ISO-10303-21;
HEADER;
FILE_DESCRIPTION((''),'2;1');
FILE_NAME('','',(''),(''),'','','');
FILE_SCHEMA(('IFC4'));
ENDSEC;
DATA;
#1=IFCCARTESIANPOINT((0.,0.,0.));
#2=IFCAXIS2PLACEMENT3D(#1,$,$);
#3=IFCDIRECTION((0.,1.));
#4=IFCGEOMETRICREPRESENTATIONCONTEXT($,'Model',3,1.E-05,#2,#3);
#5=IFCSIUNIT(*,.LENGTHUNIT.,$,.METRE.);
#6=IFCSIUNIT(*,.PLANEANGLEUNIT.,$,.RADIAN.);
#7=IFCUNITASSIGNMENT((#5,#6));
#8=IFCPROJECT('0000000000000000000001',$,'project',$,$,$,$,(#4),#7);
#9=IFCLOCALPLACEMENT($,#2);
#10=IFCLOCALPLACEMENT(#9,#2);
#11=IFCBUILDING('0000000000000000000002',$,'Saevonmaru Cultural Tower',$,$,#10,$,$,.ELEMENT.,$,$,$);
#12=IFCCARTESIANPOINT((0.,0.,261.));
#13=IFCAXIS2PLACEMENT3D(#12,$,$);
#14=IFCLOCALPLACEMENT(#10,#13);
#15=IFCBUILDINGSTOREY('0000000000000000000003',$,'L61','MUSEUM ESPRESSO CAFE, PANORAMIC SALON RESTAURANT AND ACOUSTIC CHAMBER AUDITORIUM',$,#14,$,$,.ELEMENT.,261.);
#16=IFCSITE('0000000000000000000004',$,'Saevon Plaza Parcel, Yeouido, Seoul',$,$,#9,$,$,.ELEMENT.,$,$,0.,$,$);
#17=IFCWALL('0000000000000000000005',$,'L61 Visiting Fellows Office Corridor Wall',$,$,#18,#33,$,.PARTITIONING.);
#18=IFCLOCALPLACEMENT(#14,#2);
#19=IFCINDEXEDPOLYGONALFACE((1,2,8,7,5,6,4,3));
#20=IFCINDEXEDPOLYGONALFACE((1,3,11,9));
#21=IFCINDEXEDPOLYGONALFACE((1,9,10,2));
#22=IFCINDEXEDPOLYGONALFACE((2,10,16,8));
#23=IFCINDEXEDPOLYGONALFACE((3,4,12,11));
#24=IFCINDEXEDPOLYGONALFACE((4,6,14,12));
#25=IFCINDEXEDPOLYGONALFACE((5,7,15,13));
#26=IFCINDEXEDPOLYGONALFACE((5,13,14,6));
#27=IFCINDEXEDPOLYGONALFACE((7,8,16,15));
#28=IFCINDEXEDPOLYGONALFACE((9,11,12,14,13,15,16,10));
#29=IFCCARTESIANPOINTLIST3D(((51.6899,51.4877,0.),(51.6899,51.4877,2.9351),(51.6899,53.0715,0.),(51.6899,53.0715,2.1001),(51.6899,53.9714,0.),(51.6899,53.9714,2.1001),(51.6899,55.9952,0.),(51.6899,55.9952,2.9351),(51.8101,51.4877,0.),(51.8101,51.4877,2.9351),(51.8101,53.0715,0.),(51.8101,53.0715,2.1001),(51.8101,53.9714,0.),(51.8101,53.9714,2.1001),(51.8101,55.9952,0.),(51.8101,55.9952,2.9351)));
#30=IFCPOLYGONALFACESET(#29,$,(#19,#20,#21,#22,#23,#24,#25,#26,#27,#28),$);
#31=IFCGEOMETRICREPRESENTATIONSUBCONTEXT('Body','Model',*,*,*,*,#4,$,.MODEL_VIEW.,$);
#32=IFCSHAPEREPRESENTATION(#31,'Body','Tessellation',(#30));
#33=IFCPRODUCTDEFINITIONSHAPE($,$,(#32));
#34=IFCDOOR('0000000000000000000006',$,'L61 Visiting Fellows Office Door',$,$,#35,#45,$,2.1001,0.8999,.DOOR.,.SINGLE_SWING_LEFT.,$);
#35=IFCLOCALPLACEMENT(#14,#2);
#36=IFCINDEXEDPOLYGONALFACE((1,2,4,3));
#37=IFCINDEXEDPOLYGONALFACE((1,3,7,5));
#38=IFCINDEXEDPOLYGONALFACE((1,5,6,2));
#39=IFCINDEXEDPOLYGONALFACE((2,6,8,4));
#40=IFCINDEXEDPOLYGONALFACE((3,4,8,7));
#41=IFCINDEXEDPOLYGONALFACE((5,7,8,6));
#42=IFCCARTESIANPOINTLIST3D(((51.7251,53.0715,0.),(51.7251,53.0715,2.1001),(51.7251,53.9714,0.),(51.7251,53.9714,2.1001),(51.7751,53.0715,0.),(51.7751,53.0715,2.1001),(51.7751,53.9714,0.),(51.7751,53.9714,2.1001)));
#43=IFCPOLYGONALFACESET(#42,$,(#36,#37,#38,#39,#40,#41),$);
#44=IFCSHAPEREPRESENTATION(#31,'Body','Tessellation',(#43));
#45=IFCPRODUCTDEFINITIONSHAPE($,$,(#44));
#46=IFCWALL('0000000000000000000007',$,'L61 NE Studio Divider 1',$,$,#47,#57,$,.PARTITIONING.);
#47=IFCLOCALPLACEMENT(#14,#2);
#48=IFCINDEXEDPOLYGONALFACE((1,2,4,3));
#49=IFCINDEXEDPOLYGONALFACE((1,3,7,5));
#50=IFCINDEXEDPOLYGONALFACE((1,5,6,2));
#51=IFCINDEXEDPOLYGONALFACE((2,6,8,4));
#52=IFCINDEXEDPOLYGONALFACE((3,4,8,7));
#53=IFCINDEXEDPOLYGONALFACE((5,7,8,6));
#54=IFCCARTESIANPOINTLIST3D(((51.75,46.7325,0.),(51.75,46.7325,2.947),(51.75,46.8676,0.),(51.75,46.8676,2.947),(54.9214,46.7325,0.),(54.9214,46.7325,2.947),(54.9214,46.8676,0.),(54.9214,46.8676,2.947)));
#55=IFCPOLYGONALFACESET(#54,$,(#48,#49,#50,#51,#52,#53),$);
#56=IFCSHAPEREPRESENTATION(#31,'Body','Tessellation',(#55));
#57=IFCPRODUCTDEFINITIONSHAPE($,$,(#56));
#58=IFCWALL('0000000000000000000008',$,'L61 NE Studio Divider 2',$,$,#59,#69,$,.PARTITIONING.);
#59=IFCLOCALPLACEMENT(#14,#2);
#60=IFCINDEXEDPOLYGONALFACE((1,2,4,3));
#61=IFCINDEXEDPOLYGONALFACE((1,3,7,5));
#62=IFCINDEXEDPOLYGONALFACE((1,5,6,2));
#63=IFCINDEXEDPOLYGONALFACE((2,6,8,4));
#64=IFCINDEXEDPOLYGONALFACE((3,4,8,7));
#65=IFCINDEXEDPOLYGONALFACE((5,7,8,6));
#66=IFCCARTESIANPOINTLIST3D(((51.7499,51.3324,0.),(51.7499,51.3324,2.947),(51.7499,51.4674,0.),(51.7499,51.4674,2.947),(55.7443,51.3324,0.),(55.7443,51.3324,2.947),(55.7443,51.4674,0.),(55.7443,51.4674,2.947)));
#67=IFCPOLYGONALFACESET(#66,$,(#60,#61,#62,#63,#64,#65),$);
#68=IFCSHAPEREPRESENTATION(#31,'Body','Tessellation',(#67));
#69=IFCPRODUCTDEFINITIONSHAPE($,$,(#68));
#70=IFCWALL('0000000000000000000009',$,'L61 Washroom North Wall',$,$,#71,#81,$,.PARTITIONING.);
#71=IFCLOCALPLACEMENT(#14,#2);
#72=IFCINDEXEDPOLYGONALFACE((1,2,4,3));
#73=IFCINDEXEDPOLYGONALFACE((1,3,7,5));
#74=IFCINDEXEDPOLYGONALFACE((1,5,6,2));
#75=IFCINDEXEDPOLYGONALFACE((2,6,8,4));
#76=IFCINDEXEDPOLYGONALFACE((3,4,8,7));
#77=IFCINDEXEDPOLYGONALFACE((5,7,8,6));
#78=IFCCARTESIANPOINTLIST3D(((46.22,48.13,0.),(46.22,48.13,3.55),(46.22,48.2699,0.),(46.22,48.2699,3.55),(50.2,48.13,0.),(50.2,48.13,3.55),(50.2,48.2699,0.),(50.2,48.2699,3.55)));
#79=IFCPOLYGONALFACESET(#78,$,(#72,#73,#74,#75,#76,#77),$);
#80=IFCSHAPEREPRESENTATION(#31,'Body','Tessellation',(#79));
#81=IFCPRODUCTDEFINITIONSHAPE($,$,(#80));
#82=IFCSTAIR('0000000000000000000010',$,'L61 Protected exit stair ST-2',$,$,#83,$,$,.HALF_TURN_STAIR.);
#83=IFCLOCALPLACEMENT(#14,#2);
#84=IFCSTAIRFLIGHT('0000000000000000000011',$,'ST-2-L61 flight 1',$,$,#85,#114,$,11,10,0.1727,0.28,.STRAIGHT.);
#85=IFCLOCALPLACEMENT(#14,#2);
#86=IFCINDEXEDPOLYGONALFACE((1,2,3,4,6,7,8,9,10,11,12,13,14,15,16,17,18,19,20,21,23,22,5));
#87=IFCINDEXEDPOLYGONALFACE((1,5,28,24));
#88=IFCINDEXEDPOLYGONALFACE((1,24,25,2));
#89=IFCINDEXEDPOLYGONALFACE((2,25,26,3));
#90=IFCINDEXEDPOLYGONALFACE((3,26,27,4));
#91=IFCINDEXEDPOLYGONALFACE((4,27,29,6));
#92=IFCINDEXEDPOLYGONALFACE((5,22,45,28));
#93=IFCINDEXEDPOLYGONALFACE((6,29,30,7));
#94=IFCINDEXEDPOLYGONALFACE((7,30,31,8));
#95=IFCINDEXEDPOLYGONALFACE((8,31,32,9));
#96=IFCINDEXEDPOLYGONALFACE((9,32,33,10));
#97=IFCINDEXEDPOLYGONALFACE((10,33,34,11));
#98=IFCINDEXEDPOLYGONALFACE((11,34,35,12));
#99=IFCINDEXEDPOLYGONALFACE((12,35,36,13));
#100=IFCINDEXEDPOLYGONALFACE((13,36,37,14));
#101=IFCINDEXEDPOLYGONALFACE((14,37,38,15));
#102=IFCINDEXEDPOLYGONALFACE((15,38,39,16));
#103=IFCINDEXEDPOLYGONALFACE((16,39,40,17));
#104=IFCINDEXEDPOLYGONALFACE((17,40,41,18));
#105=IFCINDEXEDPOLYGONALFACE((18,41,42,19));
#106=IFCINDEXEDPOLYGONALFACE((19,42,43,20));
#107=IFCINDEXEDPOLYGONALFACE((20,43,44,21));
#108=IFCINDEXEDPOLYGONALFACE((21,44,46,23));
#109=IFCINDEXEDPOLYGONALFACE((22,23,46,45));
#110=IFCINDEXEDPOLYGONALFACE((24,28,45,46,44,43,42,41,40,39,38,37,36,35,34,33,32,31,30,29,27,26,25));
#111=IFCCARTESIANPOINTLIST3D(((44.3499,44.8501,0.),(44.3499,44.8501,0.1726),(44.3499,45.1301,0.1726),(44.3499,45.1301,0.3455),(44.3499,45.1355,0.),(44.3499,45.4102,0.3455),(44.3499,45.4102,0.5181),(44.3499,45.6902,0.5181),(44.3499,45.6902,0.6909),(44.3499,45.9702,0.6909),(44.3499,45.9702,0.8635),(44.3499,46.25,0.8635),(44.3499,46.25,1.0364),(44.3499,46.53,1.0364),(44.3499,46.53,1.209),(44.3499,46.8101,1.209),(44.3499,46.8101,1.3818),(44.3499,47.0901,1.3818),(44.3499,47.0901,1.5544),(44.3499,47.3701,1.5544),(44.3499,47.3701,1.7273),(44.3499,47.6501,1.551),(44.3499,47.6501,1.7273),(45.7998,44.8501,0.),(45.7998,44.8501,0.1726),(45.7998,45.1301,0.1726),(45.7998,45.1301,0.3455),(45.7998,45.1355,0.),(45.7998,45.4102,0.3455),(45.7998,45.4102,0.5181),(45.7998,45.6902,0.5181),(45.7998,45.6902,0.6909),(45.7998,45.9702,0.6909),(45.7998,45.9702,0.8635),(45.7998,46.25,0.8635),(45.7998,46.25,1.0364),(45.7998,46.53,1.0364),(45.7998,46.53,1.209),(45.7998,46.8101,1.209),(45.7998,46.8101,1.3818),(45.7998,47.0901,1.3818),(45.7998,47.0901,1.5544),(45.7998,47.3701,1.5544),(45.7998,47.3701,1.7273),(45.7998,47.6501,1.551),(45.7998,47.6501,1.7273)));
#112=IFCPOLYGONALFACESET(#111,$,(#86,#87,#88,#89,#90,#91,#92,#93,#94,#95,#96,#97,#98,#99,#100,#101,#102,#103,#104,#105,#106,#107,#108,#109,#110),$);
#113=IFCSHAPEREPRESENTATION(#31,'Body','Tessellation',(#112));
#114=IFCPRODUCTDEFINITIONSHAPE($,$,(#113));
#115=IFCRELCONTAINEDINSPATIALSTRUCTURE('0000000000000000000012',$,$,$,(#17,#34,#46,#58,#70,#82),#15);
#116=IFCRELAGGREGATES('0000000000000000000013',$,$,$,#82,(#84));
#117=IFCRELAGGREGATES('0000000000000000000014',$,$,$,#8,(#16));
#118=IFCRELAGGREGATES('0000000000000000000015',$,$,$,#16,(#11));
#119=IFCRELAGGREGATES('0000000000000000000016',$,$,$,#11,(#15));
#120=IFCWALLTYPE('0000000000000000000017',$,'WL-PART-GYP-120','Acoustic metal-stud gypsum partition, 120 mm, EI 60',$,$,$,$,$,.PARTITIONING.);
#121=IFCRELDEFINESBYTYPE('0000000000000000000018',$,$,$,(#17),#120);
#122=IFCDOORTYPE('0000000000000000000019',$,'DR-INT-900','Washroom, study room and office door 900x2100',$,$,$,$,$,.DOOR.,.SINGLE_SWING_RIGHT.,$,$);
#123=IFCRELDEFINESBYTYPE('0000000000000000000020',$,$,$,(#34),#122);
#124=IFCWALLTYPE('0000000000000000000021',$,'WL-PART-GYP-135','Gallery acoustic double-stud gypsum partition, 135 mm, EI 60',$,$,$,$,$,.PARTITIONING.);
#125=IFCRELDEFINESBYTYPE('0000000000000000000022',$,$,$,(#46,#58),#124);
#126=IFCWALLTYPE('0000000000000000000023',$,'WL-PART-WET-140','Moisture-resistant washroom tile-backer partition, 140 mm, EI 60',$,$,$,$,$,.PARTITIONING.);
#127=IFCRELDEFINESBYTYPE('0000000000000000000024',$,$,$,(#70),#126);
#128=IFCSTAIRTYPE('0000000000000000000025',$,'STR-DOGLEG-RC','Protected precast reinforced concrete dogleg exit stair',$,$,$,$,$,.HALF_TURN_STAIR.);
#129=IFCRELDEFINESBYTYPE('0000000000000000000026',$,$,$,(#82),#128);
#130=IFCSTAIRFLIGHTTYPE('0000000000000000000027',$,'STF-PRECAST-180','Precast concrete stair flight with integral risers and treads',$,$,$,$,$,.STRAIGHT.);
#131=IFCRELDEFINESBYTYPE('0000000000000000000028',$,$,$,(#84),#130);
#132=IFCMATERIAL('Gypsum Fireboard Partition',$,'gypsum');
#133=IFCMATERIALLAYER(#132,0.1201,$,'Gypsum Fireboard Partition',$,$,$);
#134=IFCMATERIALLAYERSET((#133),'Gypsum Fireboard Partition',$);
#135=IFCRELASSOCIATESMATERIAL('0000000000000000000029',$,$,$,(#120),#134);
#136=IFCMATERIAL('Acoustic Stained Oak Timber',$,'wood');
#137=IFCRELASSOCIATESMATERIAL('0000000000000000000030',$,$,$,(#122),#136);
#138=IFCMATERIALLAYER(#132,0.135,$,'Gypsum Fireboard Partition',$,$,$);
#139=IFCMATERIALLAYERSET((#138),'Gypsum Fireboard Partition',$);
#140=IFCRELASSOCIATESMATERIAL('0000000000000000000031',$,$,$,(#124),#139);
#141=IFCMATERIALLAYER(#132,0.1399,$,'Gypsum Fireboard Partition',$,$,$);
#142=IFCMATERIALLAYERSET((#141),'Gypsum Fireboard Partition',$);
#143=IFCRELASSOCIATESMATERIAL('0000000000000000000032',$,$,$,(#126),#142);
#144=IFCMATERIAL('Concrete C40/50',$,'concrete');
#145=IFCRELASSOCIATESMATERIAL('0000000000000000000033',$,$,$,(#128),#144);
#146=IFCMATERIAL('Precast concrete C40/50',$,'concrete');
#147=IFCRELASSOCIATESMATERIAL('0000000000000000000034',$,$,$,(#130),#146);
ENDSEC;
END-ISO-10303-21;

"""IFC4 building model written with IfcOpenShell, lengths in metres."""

from ifc_helpers import new_model, si_unit, direction, frame, frame_2d, origin, place, context, subcontext, project, spatial, polyline, rectangle, outline, extrude, material, layer, layer_set, type_object, element, fill, aggregate, save


model = new_model("IFC4")

# Units and contexts
model_context = context("Model", 3, precision=1e-05, world=origin(), true_north=direction((0.0, 1.0)))
body_context = subcontext(model_context, "Body", "Model", "MODEL_VIEW")
ifc_project = project(units=[si_unit("LENGTHUNIT", "METRE"), si_unit("PLANEANGLEUNIT", "RADIAN")], contexts=[model_context])

# Site, building, storey
site_placement = place(None, origin())
site = spatial("IfcSite", under=ifc_project, at=site_placement, Name="Saevon Plaza Parcel, Yeouido, Seoul", CompositionType="ELEMENT", RefElevation=0.0)
building_placement = place(site_placement, origin())
building = spatial("IfcBuilding", under=site, at=building_placement, Name="Saevonmaru Cultural Tower", CompositionType="ELEMENT")
storey_placement = place(building_placement, frame((0.0, 0.0, 261.0)))
storey = spatial("IfcBuildingStorey", under=building, at=storey_placement, Name="L61", Description="MUSEUM ESPRESSO CAFE, PANORAMIC SALON RESTAURANT AND ACOUSTIC CHAMBER AUDITORIUM", CompositionType="ELEMENT", Elevation=261.0)

# Shared definitions
ifc_material_1 = material(Name="Gypsum Fireboard Partition", Category="gypsum")
ifc_material_2 = material(Name="Acoustic Stained Oak Timber", Category="wood")

# Shared definitions
ifc_layer_1 = layer(ifc_material_1, 0.1201, Name="Gypsum Fireboard Partition")
ifc_layer_set_1 = layer_set([ifc_layer_1], Name="Gypsum Fireboard Partition")
wall_type_1 = type_object("IfcWallType", Name="WL-PART-GYP-120", Description="Acoustic metal-stud gypsum partition, 120 mm, EI 60", PredefinedType="PARTITIONING", material=ifc_layer_set_1)

# Wall, opening, door
wall_1_placement = place(storey_placement, frame((51.75, 51.4875, 0.0), z_axis=(0.0, 0.0, 1.0), x_axis=(0.0, 1.0, 0.0)))
wall_1 = element("IfcWall", 1, at=wall_1_placement, inside=storey, type_object=wall_type_1, Name="L61 Visiting Fellows Office Corridor Wall", PredefinedType="PARTITIONING", context=body_context, shape_type="SweptSolid", body=[
    extrude(rectangle(XDim=4.5076, YDim=0.1201, at=frame_2d((2.2539, 0.0))), origin(), (0.0, 0.0, 1.0), 2.9351),
])
opening_1_placement = place(wall_1_placement, frame((1.584, 0.0, 0.0)))
opening_1 = element("IfcOpeningElement", 2, at=opening_1_placement, cuts=wall_1, PredefinedType="OPENING", context=body_context, shape_type="SweptSolid", body=[
    extrude(rectangle(XDim=0.8999, YDim=2.1001, at=frame_2d((0.45, 1.05))), frame((0.0, 0.0701, 0.0), z_axis=(0.0, -1.0, 0.0), x_axis=(1.0, 0.0, 0.0)), (0.0, 0.0, 1.0), 0.1401),
])
door_type_1 = type_object("IfcDoorType", Name="DR-INT-900", Description="Washroom, study room and office door 900x2100", OperationType="SINGLE_SWING_RIGHT", PredefinedType="DOOR", material=ifc_material_2)
door_1_placement = place(opening_1_placement, origin())
door_1 = element("IfcDoor", 3, at=door_1_placement, inside=storey, type_object=door_type_1, Name="L61 Visiting Fellows Office Door", OperationType="SINGLE_SWING_LEFT", OverallHeight=2.1001, OverallWidth=0.8999, PredefinedType="DOOR", context=body_context, shape_type="SweptSolid", body=[
    extrude(rectangle(XDim=0.8999, YDim=2.1001, at=frame_2d((0.45, 1.05))), frame((0.0, 0.0249, 0.0), z_axis=(0.0, -1.0, 0.0), x_axis=(1.0, 0.0, 0.0)), (0.0, 0.0, 1.0), 0.05),
])
fill(opening_1, door_1)

# Walls
ifc_layer_2 = layer(ifc_material_1, 0.135, Name="Gypsum Fireboard Partition")
ifc_layer_set_2 = layer_set([ifc_layer_2], Name="Gypsum Fireboard Partition")
wall_type_2 = type_object("IfcWallType", Name="WL-PART-GYP-135", Description="Gallery acoustic double-stud gypsum partition, 135 mm, EI 60", PredefinedType="PARTITIONING", material=ifc_layer_set_2)
wall_2_placement = place(storey_placement, frame((51.75, 46.8, 0.0), z_axis=(0.0, 0.0, 1.0), x_axis=(1.0, 0.0, 0.0)))
element("IfcWall", 4, at=wall_2_placement, inside=storey, type_object=wall_type_2, Name="L61 NE Studio Divider 1", PredefinedType="PARTITIONING", context=body_context, shape_type="SweptSolid", body=[
    extrude(rectangle(XDim=3.1714, YDim=0.135, at=frame_2d((1.5857, 0.0))), origin(), (0.0, 0.0, 1.0), 2.947),
])
wall_3_placement = place(storey_placement, frame((51.75, 51.3999, 0.0), z_axis=(0.0, 0.0, 1.0), x_axis=(1.0, 0.0, 0.0)))
element("IfcWall", 5, at=wall_3_placement, inside=storey, type_object=wall_type_2, Name="L61 NE Studio Divider 2", PredefinedType="PARTITIONING", context=body_context, shape_type="SweptSolid", body=[
    extrude(rectangle(XDim=3.9944, YDim=0.135, at=frame_2d((1.9971, 0.0))), origin(), (0.0, 0.0, 1.0), 2.947),
])
ifc_layer_3 = layer(ifc_material_1, 0.1399, Name="Gypsum Fireboard Partition")
ifc_layer_set_3 = layer_set([ifc_layer_3], Name="Gypsum Fireboard Partition")
wall_type_3 = type_object("IfcWallType", Name="WL-PART-WET-140", Description="Moisture-resistant washroom tile-backer partition, 140 mm, EI 60", PredefinedType="PARTITIONING", material=ifc_layer_set_3)
wall_4_placement = place(storey_placement, frame((46.22, 48.2, 0.0), z_axis=(0.0, 0.0, 1.0), x_axis=(1.0, 0.0, 0.0)))
element("IfcWall", 6, at=wall_4_placement, inside=storey, type_object=wall_type_3, Name="L61 Washroom North Wall", PredefinedType="PARTITIONING", context=body_context, shape_type="SweptSolid", body=[
    extrude(rectangle(XDim=3.98, YDim=0.1399, at=frame_2d((1.99, 0.0))), origin(), (0.0, 0.0, 1.0), 3.55),
])

# Stair, stair flight
ifc_material_3 = material(Name="Concrete C40/50", Category="concrete")
stair_type = type_object("IfcStairType", Name="STR-DOGLEG-RC", Description="Protected precast reinforced concrete dogleg exit stair", PredefinedType="HALF_TURN_STAIR", material=ifc_material_3)
stair_placement = place(storey_placement, origin())
stair = element("IfcStair", 7, at=stair_placement, inside=storey, type_object=stair_type, Name="L61 Protected exit stair ST-2", PredefinedType="HALF_TURN_STAIR")
ifc_material_4 = material(Name="Precast concrete C40/50", Category="concrete")
stair_flight_type = type_object("IfcStairFlightType", Name="STF-PRECAST-180", Description="Precast concrete stair flight with integral risers and treads", PredefinedType="STRAIGHT", material=ifc_material_4)
stair_flight_placement = place(storey_placement, frame((45.075, 44.8501, 0.0), z_axis=(0.0, 0.0, 1.0), x_axis=(0.0, 1.0, 0.0)))
stair_flight = element("IfcStairFlight", 8, at=stair_flight_placement, type_object=stair_flight_type, Name="ST-2-L61 flight 1", NumberOfRisers=11, NumberOfTreads=10, PredefinedType="STRAIGHT", RiserHeight=0.1727, TreadLength=0.28, context=body_context, shape_type="SweptSolid", body=[
    extrude(outline(polyline([(0.0, 0.0), (0.0, 0.1726), (0.28, 0.1726), (0.28, 0.3455), (0.5601, 0.3455), (0.5601, 0.5181), (0.8401, 0.5181), (0.8401, 0.6909), (1.1201, 0.6909), (1.1201, 0.8635), (1.3999, 0.8635), (1.3999, 1.0364), (1.6799, 1.0364), (1.6799, 1.209), (1.96, 1.209), (1.96, 1.3818), (2.24, 1.3818), (2.24, 1.5544), (2.52, 1.5544), (2.52, 1.7273), (2.8, 1.7273), (2.8, 1.8999), (2.8, 1.551), (0.2854, 0.0), (0.0, 0.0)])), frame((0.0, 0.7251, 0.0), z_axis=(0.0, -1.0, 0.0), x_axis=(1.0, 0.0, 0.0)), (0.0, 0.0, 1.0), 1.45),
])
aggregate(stair, [stair_flight])

save(model, "model.ifc")
